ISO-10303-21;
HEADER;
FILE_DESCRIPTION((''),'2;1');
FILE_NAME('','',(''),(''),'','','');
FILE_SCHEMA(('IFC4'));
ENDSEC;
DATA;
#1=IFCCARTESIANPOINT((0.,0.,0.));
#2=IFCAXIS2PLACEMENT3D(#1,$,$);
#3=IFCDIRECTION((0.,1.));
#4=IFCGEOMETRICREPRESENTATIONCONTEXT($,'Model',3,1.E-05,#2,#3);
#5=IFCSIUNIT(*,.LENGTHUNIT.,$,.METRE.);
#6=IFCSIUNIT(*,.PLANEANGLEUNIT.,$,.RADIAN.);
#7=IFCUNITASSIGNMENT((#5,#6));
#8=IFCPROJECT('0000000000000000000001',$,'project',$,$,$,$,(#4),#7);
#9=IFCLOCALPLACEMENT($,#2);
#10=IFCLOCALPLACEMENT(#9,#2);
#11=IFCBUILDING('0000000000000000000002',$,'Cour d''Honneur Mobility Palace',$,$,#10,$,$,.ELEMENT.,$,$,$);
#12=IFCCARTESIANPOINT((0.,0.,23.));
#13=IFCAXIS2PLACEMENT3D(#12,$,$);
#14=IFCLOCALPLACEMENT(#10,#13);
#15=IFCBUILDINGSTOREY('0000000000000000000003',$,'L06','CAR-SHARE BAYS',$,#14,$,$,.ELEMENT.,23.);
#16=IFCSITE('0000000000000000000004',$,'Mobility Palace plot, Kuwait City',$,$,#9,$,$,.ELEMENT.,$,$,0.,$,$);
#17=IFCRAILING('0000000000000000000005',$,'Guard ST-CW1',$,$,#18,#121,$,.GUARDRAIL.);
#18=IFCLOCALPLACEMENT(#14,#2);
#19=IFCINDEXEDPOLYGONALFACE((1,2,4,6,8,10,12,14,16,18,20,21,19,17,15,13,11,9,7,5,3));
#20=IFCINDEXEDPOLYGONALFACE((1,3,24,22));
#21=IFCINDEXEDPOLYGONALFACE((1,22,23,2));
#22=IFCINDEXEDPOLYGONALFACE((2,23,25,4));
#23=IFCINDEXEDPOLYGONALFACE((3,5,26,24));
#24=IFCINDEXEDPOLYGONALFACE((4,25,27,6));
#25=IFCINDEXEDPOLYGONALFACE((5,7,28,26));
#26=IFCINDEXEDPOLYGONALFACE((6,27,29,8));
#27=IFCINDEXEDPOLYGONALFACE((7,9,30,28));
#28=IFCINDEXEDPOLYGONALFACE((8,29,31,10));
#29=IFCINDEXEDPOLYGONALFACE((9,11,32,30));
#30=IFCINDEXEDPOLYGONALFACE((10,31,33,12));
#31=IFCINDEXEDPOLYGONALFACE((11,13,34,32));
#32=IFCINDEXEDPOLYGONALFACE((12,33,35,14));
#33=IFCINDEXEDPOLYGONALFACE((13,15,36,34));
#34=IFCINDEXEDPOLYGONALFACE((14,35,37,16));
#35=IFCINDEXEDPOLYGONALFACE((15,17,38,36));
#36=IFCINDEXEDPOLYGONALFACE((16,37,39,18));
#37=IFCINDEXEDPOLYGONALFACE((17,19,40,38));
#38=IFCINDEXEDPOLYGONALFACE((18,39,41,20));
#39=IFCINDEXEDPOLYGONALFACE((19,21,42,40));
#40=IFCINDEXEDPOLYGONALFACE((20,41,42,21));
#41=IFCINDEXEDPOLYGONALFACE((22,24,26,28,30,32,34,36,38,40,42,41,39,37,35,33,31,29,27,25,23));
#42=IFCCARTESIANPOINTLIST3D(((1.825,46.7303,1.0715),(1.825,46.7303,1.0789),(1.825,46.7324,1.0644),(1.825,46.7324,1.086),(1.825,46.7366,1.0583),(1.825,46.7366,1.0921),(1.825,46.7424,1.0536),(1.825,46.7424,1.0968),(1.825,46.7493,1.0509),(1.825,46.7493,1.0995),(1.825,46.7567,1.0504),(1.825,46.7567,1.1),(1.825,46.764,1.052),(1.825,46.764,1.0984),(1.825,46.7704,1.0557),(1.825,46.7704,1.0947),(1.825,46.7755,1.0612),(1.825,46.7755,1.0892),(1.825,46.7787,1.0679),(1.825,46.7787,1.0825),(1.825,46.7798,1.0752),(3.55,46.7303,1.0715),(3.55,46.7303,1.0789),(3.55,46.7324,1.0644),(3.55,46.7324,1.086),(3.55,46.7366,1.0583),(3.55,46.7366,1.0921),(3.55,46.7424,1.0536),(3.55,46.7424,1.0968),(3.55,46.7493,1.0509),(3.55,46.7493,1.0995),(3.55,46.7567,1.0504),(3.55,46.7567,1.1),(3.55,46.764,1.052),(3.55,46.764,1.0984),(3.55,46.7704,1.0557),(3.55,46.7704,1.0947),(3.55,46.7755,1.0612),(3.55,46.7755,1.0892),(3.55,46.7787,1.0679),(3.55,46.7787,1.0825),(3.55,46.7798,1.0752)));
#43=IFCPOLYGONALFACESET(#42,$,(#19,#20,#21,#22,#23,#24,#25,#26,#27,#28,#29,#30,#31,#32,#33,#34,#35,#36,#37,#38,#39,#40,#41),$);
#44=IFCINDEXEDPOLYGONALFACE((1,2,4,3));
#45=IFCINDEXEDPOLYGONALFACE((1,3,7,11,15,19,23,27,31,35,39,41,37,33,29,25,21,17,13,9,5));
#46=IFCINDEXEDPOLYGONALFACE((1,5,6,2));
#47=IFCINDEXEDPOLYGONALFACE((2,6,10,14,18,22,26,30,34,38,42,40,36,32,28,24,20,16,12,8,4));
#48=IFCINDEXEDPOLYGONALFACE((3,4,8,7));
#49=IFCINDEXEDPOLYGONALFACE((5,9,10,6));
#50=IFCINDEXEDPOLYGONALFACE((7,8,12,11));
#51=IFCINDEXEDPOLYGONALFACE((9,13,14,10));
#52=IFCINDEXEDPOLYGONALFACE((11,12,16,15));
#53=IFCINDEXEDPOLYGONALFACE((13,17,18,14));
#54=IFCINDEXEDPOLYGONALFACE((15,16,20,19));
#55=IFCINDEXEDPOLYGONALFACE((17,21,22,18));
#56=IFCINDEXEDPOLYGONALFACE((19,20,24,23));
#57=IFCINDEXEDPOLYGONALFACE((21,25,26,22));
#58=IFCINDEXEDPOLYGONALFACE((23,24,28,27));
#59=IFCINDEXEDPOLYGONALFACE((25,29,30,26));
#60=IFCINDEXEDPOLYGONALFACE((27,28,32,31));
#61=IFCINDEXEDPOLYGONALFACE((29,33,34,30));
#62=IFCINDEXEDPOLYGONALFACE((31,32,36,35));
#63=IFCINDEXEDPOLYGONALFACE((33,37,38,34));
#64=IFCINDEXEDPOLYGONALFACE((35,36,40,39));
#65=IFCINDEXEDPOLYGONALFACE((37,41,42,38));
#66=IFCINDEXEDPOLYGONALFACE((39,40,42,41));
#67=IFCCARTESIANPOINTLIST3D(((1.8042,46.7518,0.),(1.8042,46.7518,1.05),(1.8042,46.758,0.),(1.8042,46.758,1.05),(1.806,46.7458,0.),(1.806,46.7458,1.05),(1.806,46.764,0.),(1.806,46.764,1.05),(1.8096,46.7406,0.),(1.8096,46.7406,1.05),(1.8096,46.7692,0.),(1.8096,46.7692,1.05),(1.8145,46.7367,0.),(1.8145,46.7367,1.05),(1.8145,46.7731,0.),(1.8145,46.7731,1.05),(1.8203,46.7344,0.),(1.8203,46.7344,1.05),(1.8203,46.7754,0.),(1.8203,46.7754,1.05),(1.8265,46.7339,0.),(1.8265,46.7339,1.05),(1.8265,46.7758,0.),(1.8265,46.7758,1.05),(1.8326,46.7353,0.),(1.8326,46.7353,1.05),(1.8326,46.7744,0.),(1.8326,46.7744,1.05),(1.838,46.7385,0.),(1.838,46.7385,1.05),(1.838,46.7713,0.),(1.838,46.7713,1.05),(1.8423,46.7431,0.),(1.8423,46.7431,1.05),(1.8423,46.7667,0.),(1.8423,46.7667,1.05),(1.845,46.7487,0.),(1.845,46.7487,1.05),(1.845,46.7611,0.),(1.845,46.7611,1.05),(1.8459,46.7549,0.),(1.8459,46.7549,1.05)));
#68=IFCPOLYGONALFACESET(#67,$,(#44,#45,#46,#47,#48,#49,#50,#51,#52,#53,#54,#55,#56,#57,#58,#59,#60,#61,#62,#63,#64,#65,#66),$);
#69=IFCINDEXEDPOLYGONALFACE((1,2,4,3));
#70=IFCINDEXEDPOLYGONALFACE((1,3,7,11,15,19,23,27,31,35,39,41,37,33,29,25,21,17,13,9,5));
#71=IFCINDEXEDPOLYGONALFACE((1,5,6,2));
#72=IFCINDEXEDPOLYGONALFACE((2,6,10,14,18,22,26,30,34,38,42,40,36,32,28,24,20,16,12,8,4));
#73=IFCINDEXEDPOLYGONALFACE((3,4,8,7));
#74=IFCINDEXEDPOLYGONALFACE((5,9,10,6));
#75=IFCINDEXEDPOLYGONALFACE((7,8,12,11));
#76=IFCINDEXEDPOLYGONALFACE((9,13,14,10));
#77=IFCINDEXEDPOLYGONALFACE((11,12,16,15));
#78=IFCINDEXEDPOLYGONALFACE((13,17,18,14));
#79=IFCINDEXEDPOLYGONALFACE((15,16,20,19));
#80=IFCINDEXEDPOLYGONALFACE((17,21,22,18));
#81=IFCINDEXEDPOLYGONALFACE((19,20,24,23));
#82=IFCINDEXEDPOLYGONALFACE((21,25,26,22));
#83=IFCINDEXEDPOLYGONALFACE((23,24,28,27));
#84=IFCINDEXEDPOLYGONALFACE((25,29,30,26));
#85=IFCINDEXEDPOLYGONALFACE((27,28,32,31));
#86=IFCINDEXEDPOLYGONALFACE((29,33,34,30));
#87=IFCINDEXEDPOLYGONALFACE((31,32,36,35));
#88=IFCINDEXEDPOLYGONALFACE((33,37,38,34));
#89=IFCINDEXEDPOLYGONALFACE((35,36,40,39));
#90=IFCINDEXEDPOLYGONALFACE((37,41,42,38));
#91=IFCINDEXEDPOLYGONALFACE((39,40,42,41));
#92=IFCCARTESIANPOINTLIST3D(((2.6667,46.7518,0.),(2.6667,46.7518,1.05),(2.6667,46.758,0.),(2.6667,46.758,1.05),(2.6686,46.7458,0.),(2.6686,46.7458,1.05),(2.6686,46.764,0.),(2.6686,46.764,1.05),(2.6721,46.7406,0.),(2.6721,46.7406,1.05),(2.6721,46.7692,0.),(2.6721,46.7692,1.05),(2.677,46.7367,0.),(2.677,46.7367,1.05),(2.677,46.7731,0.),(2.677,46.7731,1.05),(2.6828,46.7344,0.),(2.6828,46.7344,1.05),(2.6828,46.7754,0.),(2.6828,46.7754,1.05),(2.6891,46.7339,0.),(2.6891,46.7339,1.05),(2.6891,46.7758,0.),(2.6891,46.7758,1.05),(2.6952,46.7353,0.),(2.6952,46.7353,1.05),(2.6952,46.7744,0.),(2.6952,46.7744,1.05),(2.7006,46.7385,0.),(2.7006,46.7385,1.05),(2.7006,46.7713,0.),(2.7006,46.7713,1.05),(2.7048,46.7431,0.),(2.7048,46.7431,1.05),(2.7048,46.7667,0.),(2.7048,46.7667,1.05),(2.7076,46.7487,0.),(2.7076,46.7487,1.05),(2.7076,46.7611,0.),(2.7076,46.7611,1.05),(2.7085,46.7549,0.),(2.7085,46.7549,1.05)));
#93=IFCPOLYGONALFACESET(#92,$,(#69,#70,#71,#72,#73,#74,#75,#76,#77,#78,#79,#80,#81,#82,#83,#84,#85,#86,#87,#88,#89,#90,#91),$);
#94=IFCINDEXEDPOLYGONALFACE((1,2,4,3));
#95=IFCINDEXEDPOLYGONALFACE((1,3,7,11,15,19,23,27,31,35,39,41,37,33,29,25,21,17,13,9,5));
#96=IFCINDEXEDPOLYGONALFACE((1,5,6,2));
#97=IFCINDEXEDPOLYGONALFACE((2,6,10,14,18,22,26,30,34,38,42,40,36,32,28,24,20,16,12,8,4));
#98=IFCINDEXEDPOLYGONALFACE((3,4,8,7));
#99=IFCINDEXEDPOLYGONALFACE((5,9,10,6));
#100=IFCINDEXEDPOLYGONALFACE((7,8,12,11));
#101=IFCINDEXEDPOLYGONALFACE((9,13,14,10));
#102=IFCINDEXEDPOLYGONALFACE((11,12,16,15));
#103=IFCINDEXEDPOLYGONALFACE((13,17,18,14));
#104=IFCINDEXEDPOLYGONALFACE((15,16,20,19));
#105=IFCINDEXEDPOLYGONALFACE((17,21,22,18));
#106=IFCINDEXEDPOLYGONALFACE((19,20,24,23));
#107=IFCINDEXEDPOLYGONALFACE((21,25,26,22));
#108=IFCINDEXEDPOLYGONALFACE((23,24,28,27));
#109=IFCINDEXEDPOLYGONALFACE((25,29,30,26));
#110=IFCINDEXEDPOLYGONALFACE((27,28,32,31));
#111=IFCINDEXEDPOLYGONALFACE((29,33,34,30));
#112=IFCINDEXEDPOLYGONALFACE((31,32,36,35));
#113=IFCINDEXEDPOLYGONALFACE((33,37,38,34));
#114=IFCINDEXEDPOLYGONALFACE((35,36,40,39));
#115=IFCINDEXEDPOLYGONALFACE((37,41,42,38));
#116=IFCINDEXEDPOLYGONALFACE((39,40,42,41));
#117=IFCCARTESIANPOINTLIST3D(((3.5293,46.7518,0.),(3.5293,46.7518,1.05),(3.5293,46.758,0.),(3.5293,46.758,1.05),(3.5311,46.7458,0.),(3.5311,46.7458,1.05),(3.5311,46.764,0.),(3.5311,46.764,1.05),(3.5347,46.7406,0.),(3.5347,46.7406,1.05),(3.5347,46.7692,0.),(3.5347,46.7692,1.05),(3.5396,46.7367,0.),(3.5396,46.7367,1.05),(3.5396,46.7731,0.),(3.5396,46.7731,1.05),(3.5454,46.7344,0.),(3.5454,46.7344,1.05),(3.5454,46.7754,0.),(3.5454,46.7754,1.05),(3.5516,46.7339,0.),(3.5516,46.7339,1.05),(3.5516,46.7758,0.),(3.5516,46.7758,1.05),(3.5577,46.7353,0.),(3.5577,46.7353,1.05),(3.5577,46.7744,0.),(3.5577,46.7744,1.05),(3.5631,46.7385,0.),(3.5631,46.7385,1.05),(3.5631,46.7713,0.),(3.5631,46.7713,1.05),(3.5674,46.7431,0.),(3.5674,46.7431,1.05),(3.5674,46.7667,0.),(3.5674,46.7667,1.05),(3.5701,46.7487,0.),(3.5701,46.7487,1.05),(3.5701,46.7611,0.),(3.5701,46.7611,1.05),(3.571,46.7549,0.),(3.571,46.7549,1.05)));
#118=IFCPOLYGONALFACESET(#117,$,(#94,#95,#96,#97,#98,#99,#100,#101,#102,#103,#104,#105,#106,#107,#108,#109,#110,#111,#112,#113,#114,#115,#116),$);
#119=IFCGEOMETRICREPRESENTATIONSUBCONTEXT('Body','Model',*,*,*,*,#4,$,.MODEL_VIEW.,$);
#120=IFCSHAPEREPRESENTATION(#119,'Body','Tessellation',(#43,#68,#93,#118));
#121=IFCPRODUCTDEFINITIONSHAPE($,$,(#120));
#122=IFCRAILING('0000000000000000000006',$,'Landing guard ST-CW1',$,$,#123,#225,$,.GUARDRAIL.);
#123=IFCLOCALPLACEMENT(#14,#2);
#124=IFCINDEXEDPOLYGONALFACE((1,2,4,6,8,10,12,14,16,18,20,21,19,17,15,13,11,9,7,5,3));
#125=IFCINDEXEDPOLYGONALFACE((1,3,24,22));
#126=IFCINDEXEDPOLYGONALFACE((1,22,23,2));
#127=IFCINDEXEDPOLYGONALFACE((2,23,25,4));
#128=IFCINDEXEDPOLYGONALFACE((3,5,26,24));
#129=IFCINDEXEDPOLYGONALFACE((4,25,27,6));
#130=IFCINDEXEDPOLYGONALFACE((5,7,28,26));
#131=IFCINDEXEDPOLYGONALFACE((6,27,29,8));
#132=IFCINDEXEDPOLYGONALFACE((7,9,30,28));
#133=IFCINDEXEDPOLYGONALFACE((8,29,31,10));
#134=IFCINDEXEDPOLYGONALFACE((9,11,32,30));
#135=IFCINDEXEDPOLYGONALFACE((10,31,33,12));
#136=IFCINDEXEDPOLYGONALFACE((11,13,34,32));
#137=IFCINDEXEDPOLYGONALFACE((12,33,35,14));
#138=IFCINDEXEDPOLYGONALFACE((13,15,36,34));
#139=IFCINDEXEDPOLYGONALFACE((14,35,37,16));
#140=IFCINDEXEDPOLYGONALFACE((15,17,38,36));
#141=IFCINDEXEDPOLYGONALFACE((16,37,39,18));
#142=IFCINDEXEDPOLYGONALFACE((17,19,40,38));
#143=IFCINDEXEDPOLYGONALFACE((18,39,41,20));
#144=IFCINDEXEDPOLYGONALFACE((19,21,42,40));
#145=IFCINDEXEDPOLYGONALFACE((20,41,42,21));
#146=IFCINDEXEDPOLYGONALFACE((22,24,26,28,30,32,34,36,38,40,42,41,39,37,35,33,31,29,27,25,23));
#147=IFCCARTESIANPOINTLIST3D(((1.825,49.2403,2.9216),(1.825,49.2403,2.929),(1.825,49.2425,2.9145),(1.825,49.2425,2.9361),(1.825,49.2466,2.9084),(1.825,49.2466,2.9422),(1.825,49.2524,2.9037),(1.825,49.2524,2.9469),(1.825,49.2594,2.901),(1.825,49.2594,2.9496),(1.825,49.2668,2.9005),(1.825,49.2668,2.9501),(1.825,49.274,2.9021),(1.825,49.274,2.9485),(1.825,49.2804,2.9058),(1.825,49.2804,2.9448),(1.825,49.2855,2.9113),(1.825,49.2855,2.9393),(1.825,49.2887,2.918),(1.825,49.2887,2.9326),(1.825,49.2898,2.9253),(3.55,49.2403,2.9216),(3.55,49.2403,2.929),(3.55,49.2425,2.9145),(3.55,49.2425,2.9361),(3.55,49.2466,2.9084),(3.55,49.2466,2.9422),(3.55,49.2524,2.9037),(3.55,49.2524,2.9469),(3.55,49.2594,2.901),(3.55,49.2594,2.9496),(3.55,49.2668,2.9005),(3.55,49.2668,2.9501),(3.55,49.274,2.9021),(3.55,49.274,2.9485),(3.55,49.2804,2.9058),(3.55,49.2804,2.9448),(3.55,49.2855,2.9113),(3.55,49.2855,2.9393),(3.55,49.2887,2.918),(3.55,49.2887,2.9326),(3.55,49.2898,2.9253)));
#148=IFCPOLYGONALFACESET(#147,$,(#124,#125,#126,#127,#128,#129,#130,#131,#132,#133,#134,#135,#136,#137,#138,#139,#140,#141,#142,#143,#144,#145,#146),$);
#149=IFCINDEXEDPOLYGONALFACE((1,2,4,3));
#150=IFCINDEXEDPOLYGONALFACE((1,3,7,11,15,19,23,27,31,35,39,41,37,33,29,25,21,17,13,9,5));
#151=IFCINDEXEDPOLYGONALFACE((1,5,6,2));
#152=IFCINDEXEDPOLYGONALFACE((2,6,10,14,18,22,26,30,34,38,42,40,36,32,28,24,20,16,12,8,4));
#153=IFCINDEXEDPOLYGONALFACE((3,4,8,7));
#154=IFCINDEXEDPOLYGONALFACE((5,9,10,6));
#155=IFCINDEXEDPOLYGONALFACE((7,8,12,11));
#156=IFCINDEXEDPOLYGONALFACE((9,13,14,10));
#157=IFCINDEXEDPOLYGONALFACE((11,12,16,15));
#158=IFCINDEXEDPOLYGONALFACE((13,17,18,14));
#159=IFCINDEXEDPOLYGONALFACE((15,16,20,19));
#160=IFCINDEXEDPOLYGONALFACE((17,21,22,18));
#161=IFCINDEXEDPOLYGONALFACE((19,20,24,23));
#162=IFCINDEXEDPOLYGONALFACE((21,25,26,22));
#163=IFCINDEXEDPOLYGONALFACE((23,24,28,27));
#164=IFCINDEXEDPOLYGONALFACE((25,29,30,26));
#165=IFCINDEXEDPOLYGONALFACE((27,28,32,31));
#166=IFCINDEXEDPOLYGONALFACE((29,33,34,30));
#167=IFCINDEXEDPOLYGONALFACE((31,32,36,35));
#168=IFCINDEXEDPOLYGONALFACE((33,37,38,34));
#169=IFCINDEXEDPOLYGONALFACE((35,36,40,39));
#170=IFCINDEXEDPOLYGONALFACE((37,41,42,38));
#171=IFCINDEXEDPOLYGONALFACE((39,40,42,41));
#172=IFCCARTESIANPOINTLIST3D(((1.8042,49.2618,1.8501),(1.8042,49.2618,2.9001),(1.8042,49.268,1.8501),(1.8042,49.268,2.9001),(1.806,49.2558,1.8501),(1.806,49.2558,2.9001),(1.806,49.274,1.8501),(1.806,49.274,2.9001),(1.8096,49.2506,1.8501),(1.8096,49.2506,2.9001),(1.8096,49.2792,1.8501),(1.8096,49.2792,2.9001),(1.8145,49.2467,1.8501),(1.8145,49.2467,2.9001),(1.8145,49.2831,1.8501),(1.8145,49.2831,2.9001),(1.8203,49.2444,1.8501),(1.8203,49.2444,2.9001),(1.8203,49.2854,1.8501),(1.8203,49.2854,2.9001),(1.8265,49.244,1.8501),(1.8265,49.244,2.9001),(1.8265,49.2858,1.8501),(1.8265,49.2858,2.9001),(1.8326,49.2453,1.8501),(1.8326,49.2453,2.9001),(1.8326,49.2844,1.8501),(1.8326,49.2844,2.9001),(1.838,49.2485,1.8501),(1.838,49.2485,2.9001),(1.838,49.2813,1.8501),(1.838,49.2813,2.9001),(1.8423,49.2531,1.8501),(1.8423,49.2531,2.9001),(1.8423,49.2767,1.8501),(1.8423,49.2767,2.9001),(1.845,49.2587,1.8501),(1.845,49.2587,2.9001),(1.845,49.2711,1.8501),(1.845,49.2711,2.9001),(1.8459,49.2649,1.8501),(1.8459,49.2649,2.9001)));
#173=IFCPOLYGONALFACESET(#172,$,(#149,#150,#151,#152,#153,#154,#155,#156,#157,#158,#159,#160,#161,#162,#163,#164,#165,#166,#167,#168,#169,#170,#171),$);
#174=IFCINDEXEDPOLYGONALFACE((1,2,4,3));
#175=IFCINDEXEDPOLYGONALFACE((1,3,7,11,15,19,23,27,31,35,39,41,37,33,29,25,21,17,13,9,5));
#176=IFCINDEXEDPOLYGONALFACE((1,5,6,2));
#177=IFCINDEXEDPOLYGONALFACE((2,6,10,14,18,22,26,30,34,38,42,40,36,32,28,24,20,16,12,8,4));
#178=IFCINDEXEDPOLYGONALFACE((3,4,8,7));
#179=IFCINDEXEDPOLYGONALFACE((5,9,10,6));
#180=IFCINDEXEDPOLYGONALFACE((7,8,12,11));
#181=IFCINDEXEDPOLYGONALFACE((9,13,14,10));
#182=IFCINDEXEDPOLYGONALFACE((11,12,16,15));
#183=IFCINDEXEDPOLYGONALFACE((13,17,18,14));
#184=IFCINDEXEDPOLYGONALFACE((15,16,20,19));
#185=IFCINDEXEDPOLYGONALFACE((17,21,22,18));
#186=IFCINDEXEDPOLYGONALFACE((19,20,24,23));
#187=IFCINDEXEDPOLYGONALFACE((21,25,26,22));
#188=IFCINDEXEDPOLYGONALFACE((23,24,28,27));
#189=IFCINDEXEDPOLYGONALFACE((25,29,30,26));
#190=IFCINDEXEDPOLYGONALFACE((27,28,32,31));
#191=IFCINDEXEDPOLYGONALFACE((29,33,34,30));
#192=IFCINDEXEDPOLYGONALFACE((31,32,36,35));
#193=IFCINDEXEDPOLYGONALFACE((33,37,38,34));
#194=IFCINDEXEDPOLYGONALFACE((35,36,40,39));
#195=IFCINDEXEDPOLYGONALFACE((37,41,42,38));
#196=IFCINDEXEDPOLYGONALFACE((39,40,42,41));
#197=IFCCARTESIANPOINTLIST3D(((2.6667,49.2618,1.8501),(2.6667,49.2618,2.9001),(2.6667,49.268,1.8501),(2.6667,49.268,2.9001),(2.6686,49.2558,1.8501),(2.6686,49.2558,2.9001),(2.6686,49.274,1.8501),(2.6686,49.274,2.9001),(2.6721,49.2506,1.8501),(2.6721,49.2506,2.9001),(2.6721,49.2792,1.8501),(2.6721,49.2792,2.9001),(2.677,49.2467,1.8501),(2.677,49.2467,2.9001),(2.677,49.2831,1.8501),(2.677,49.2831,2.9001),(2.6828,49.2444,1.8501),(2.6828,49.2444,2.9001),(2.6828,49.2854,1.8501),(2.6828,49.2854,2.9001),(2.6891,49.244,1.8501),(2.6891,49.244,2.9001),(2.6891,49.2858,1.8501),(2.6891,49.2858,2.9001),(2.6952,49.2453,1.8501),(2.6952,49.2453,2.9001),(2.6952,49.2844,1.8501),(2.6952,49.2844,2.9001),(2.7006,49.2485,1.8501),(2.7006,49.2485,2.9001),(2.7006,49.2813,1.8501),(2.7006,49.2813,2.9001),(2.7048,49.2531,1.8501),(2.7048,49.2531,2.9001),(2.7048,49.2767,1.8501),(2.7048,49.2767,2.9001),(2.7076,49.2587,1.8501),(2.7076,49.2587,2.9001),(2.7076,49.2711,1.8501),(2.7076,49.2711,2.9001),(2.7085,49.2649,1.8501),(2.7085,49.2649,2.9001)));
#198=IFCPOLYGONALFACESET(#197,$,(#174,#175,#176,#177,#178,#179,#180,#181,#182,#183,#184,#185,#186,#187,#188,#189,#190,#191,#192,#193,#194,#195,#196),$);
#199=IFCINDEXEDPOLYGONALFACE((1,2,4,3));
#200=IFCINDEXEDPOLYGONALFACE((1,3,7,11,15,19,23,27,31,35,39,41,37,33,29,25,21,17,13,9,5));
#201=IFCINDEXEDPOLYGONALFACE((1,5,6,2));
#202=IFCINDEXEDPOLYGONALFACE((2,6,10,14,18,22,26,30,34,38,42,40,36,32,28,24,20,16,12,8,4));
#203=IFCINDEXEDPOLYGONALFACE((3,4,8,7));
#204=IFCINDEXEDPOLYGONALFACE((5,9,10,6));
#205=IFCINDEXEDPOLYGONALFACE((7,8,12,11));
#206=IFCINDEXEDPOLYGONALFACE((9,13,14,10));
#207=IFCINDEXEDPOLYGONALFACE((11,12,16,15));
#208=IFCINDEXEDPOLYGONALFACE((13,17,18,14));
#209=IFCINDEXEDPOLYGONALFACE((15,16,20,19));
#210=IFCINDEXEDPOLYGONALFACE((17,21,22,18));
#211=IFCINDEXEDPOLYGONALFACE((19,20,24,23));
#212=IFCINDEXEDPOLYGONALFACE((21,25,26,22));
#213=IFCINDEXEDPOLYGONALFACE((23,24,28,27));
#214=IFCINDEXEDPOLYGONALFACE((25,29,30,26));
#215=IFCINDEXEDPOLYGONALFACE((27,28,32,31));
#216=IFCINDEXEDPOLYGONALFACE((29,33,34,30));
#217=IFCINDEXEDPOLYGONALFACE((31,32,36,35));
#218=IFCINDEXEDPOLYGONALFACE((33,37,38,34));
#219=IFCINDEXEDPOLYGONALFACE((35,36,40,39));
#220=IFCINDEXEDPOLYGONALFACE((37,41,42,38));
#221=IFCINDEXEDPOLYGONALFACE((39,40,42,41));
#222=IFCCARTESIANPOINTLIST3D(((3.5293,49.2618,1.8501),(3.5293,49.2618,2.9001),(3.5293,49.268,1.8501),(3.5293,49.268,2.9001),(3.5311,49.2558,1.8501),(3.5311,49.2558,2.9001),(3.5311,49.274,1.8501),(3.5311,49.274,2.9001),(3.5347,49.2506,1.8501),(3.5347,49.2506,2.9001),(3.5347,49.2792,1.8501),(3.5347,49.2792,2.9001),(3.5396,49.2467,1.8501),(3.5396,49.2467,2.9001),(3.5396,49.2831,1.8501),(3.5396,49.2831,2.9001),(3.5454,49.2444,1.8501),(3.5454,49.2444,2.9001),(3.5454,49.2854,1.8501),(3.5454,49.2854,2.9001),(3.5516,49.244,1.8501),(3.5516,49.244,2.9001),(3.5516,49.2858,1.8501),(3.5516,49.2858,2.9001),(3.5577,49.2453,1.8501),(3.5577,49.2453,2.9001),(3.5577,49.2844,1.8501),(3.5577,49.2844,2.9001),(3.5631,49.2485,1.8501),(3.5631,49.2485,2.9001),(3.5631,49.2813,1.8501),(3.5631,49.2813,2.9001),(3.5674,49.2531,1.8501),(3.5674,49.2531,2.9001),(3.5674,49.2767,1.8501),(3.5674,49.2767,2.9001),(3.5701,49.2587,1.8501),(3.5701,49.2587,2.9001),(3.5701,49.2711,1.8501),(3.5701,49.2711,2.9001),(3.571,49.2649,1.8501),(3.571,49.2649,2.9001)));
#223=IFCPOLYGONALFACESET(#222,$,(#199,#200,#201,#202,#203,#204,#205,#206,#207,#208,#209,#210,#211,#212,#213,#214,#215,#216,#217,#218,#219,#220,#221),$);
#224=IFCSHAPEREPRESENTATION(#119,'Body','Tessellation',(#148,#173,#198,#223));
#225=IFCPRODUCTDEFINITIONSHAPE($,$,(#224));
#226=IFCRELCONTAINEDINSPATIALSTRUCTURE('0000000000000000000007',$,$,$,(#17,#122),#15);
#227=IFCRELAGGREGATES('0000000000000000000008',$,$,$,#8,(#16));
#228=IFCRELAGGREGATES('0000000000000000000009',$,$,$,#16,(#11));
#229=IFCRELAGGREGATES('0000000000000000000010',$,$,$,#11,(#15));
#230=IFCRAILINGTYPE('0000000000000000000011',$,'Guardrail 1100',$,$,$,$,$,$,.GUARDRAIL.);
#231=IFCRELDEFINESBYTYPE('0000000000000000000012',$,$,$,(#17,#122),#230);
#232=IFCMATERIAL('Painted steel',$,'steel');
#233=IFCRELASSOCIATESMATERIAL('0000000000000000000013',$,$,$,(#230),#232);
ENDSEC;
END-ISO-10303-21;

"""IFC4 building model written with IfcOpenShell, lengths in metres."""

from ifc_helpers import new_model, si_unit, direction, frame, origin, origin_2d, place, context, subcontext, project, spatial, circle, extrude, material, type_object, element, save


model = new_model("IFC4")

# Units and contexts
model_context = context("Model", 3, precision=1e-05, world=origin(), true_north=direction((0.0, 1.0)))
body_context = subcontext(model_context, "Body", "Model", "MODEL_VIEW")
ifc_project = project(units=[si_unit("LENGTHUNIT", "METRE"), si_unit("PLANEANGLEUNIT", "RADIAN")], contexts=[model_context])

# Site, building, storey
site_placement = place(None, origin())
site = spatial("IfcSite", under=ifc_project, at=site_placement, Name="Mobility Palace plot, Kuwait City", CompositionType="ELEMENT", RefElevation=0.0)
building_placement = place(site_placement, origin())
building = spatial("IfcBuilding", under=site, at=building_placement, Name="Cour d'Honneur Mobility Palace", CompositionType="ELEMENT")
storey_placement = place(building_placement, frame((0.0, 0.0, 23.0)))
storey = spatial("IfcBuildingStorey", under=building, at=storey_placement, Name="L06", Description="CAR-SHARE BAYS", CompositionType="ELEMENT", Elevation=23.0)

# Railings
ifc_material_1 = material(Name="Painted steel", Category="steel")
railing_type_1 = type_object("IfcRailingType", Name="Guardrail 1100", PredefinedType="GUARDRAIL", material=ifc_material_1)
for number, where, name in (
    (1, (1.825, 46.7549, 0.0), "Guard ST-CW1"),
    (2, (1.825, 49.2649, 1.8501), "Landing guard ST-CW1"),
):
    element("IfcRailing", number, at=place(storey_placement, frame(where)), inside=storey, type_object=railing_type_1, Name=name, PredefinedType="GUARDRAIL", context=body_context, shape_type="SweptSolid", body=[
        extrude(circle(Radius=0.0249, at=origin_2d()), frame((0.0, 0.0, 1.0752), z_axis=(1.0, 0.0, 0.0), x_axis=(0.0, 1.0, 0.0)), (0.0, 0.0, 1.0), 1.7251),
        extrude(circle(Radius=0.021, at=origin_2d()), origin(), (0.0, 0.0, 1.0), 1.05),
        extrude(circle(Radius=0.021, at=origin_2d()), frame((0.8625, 0.0, 0.0)), (0.0, 0.0, 1.0), 1.05),
        extrude(circle(Radius=0.021, at=origin_2d()), frame((1.7251, 0.0, 0.0)), (0.0, 0.0, 1.0), 1.05),
    ])

save(model, "model.ifc")
